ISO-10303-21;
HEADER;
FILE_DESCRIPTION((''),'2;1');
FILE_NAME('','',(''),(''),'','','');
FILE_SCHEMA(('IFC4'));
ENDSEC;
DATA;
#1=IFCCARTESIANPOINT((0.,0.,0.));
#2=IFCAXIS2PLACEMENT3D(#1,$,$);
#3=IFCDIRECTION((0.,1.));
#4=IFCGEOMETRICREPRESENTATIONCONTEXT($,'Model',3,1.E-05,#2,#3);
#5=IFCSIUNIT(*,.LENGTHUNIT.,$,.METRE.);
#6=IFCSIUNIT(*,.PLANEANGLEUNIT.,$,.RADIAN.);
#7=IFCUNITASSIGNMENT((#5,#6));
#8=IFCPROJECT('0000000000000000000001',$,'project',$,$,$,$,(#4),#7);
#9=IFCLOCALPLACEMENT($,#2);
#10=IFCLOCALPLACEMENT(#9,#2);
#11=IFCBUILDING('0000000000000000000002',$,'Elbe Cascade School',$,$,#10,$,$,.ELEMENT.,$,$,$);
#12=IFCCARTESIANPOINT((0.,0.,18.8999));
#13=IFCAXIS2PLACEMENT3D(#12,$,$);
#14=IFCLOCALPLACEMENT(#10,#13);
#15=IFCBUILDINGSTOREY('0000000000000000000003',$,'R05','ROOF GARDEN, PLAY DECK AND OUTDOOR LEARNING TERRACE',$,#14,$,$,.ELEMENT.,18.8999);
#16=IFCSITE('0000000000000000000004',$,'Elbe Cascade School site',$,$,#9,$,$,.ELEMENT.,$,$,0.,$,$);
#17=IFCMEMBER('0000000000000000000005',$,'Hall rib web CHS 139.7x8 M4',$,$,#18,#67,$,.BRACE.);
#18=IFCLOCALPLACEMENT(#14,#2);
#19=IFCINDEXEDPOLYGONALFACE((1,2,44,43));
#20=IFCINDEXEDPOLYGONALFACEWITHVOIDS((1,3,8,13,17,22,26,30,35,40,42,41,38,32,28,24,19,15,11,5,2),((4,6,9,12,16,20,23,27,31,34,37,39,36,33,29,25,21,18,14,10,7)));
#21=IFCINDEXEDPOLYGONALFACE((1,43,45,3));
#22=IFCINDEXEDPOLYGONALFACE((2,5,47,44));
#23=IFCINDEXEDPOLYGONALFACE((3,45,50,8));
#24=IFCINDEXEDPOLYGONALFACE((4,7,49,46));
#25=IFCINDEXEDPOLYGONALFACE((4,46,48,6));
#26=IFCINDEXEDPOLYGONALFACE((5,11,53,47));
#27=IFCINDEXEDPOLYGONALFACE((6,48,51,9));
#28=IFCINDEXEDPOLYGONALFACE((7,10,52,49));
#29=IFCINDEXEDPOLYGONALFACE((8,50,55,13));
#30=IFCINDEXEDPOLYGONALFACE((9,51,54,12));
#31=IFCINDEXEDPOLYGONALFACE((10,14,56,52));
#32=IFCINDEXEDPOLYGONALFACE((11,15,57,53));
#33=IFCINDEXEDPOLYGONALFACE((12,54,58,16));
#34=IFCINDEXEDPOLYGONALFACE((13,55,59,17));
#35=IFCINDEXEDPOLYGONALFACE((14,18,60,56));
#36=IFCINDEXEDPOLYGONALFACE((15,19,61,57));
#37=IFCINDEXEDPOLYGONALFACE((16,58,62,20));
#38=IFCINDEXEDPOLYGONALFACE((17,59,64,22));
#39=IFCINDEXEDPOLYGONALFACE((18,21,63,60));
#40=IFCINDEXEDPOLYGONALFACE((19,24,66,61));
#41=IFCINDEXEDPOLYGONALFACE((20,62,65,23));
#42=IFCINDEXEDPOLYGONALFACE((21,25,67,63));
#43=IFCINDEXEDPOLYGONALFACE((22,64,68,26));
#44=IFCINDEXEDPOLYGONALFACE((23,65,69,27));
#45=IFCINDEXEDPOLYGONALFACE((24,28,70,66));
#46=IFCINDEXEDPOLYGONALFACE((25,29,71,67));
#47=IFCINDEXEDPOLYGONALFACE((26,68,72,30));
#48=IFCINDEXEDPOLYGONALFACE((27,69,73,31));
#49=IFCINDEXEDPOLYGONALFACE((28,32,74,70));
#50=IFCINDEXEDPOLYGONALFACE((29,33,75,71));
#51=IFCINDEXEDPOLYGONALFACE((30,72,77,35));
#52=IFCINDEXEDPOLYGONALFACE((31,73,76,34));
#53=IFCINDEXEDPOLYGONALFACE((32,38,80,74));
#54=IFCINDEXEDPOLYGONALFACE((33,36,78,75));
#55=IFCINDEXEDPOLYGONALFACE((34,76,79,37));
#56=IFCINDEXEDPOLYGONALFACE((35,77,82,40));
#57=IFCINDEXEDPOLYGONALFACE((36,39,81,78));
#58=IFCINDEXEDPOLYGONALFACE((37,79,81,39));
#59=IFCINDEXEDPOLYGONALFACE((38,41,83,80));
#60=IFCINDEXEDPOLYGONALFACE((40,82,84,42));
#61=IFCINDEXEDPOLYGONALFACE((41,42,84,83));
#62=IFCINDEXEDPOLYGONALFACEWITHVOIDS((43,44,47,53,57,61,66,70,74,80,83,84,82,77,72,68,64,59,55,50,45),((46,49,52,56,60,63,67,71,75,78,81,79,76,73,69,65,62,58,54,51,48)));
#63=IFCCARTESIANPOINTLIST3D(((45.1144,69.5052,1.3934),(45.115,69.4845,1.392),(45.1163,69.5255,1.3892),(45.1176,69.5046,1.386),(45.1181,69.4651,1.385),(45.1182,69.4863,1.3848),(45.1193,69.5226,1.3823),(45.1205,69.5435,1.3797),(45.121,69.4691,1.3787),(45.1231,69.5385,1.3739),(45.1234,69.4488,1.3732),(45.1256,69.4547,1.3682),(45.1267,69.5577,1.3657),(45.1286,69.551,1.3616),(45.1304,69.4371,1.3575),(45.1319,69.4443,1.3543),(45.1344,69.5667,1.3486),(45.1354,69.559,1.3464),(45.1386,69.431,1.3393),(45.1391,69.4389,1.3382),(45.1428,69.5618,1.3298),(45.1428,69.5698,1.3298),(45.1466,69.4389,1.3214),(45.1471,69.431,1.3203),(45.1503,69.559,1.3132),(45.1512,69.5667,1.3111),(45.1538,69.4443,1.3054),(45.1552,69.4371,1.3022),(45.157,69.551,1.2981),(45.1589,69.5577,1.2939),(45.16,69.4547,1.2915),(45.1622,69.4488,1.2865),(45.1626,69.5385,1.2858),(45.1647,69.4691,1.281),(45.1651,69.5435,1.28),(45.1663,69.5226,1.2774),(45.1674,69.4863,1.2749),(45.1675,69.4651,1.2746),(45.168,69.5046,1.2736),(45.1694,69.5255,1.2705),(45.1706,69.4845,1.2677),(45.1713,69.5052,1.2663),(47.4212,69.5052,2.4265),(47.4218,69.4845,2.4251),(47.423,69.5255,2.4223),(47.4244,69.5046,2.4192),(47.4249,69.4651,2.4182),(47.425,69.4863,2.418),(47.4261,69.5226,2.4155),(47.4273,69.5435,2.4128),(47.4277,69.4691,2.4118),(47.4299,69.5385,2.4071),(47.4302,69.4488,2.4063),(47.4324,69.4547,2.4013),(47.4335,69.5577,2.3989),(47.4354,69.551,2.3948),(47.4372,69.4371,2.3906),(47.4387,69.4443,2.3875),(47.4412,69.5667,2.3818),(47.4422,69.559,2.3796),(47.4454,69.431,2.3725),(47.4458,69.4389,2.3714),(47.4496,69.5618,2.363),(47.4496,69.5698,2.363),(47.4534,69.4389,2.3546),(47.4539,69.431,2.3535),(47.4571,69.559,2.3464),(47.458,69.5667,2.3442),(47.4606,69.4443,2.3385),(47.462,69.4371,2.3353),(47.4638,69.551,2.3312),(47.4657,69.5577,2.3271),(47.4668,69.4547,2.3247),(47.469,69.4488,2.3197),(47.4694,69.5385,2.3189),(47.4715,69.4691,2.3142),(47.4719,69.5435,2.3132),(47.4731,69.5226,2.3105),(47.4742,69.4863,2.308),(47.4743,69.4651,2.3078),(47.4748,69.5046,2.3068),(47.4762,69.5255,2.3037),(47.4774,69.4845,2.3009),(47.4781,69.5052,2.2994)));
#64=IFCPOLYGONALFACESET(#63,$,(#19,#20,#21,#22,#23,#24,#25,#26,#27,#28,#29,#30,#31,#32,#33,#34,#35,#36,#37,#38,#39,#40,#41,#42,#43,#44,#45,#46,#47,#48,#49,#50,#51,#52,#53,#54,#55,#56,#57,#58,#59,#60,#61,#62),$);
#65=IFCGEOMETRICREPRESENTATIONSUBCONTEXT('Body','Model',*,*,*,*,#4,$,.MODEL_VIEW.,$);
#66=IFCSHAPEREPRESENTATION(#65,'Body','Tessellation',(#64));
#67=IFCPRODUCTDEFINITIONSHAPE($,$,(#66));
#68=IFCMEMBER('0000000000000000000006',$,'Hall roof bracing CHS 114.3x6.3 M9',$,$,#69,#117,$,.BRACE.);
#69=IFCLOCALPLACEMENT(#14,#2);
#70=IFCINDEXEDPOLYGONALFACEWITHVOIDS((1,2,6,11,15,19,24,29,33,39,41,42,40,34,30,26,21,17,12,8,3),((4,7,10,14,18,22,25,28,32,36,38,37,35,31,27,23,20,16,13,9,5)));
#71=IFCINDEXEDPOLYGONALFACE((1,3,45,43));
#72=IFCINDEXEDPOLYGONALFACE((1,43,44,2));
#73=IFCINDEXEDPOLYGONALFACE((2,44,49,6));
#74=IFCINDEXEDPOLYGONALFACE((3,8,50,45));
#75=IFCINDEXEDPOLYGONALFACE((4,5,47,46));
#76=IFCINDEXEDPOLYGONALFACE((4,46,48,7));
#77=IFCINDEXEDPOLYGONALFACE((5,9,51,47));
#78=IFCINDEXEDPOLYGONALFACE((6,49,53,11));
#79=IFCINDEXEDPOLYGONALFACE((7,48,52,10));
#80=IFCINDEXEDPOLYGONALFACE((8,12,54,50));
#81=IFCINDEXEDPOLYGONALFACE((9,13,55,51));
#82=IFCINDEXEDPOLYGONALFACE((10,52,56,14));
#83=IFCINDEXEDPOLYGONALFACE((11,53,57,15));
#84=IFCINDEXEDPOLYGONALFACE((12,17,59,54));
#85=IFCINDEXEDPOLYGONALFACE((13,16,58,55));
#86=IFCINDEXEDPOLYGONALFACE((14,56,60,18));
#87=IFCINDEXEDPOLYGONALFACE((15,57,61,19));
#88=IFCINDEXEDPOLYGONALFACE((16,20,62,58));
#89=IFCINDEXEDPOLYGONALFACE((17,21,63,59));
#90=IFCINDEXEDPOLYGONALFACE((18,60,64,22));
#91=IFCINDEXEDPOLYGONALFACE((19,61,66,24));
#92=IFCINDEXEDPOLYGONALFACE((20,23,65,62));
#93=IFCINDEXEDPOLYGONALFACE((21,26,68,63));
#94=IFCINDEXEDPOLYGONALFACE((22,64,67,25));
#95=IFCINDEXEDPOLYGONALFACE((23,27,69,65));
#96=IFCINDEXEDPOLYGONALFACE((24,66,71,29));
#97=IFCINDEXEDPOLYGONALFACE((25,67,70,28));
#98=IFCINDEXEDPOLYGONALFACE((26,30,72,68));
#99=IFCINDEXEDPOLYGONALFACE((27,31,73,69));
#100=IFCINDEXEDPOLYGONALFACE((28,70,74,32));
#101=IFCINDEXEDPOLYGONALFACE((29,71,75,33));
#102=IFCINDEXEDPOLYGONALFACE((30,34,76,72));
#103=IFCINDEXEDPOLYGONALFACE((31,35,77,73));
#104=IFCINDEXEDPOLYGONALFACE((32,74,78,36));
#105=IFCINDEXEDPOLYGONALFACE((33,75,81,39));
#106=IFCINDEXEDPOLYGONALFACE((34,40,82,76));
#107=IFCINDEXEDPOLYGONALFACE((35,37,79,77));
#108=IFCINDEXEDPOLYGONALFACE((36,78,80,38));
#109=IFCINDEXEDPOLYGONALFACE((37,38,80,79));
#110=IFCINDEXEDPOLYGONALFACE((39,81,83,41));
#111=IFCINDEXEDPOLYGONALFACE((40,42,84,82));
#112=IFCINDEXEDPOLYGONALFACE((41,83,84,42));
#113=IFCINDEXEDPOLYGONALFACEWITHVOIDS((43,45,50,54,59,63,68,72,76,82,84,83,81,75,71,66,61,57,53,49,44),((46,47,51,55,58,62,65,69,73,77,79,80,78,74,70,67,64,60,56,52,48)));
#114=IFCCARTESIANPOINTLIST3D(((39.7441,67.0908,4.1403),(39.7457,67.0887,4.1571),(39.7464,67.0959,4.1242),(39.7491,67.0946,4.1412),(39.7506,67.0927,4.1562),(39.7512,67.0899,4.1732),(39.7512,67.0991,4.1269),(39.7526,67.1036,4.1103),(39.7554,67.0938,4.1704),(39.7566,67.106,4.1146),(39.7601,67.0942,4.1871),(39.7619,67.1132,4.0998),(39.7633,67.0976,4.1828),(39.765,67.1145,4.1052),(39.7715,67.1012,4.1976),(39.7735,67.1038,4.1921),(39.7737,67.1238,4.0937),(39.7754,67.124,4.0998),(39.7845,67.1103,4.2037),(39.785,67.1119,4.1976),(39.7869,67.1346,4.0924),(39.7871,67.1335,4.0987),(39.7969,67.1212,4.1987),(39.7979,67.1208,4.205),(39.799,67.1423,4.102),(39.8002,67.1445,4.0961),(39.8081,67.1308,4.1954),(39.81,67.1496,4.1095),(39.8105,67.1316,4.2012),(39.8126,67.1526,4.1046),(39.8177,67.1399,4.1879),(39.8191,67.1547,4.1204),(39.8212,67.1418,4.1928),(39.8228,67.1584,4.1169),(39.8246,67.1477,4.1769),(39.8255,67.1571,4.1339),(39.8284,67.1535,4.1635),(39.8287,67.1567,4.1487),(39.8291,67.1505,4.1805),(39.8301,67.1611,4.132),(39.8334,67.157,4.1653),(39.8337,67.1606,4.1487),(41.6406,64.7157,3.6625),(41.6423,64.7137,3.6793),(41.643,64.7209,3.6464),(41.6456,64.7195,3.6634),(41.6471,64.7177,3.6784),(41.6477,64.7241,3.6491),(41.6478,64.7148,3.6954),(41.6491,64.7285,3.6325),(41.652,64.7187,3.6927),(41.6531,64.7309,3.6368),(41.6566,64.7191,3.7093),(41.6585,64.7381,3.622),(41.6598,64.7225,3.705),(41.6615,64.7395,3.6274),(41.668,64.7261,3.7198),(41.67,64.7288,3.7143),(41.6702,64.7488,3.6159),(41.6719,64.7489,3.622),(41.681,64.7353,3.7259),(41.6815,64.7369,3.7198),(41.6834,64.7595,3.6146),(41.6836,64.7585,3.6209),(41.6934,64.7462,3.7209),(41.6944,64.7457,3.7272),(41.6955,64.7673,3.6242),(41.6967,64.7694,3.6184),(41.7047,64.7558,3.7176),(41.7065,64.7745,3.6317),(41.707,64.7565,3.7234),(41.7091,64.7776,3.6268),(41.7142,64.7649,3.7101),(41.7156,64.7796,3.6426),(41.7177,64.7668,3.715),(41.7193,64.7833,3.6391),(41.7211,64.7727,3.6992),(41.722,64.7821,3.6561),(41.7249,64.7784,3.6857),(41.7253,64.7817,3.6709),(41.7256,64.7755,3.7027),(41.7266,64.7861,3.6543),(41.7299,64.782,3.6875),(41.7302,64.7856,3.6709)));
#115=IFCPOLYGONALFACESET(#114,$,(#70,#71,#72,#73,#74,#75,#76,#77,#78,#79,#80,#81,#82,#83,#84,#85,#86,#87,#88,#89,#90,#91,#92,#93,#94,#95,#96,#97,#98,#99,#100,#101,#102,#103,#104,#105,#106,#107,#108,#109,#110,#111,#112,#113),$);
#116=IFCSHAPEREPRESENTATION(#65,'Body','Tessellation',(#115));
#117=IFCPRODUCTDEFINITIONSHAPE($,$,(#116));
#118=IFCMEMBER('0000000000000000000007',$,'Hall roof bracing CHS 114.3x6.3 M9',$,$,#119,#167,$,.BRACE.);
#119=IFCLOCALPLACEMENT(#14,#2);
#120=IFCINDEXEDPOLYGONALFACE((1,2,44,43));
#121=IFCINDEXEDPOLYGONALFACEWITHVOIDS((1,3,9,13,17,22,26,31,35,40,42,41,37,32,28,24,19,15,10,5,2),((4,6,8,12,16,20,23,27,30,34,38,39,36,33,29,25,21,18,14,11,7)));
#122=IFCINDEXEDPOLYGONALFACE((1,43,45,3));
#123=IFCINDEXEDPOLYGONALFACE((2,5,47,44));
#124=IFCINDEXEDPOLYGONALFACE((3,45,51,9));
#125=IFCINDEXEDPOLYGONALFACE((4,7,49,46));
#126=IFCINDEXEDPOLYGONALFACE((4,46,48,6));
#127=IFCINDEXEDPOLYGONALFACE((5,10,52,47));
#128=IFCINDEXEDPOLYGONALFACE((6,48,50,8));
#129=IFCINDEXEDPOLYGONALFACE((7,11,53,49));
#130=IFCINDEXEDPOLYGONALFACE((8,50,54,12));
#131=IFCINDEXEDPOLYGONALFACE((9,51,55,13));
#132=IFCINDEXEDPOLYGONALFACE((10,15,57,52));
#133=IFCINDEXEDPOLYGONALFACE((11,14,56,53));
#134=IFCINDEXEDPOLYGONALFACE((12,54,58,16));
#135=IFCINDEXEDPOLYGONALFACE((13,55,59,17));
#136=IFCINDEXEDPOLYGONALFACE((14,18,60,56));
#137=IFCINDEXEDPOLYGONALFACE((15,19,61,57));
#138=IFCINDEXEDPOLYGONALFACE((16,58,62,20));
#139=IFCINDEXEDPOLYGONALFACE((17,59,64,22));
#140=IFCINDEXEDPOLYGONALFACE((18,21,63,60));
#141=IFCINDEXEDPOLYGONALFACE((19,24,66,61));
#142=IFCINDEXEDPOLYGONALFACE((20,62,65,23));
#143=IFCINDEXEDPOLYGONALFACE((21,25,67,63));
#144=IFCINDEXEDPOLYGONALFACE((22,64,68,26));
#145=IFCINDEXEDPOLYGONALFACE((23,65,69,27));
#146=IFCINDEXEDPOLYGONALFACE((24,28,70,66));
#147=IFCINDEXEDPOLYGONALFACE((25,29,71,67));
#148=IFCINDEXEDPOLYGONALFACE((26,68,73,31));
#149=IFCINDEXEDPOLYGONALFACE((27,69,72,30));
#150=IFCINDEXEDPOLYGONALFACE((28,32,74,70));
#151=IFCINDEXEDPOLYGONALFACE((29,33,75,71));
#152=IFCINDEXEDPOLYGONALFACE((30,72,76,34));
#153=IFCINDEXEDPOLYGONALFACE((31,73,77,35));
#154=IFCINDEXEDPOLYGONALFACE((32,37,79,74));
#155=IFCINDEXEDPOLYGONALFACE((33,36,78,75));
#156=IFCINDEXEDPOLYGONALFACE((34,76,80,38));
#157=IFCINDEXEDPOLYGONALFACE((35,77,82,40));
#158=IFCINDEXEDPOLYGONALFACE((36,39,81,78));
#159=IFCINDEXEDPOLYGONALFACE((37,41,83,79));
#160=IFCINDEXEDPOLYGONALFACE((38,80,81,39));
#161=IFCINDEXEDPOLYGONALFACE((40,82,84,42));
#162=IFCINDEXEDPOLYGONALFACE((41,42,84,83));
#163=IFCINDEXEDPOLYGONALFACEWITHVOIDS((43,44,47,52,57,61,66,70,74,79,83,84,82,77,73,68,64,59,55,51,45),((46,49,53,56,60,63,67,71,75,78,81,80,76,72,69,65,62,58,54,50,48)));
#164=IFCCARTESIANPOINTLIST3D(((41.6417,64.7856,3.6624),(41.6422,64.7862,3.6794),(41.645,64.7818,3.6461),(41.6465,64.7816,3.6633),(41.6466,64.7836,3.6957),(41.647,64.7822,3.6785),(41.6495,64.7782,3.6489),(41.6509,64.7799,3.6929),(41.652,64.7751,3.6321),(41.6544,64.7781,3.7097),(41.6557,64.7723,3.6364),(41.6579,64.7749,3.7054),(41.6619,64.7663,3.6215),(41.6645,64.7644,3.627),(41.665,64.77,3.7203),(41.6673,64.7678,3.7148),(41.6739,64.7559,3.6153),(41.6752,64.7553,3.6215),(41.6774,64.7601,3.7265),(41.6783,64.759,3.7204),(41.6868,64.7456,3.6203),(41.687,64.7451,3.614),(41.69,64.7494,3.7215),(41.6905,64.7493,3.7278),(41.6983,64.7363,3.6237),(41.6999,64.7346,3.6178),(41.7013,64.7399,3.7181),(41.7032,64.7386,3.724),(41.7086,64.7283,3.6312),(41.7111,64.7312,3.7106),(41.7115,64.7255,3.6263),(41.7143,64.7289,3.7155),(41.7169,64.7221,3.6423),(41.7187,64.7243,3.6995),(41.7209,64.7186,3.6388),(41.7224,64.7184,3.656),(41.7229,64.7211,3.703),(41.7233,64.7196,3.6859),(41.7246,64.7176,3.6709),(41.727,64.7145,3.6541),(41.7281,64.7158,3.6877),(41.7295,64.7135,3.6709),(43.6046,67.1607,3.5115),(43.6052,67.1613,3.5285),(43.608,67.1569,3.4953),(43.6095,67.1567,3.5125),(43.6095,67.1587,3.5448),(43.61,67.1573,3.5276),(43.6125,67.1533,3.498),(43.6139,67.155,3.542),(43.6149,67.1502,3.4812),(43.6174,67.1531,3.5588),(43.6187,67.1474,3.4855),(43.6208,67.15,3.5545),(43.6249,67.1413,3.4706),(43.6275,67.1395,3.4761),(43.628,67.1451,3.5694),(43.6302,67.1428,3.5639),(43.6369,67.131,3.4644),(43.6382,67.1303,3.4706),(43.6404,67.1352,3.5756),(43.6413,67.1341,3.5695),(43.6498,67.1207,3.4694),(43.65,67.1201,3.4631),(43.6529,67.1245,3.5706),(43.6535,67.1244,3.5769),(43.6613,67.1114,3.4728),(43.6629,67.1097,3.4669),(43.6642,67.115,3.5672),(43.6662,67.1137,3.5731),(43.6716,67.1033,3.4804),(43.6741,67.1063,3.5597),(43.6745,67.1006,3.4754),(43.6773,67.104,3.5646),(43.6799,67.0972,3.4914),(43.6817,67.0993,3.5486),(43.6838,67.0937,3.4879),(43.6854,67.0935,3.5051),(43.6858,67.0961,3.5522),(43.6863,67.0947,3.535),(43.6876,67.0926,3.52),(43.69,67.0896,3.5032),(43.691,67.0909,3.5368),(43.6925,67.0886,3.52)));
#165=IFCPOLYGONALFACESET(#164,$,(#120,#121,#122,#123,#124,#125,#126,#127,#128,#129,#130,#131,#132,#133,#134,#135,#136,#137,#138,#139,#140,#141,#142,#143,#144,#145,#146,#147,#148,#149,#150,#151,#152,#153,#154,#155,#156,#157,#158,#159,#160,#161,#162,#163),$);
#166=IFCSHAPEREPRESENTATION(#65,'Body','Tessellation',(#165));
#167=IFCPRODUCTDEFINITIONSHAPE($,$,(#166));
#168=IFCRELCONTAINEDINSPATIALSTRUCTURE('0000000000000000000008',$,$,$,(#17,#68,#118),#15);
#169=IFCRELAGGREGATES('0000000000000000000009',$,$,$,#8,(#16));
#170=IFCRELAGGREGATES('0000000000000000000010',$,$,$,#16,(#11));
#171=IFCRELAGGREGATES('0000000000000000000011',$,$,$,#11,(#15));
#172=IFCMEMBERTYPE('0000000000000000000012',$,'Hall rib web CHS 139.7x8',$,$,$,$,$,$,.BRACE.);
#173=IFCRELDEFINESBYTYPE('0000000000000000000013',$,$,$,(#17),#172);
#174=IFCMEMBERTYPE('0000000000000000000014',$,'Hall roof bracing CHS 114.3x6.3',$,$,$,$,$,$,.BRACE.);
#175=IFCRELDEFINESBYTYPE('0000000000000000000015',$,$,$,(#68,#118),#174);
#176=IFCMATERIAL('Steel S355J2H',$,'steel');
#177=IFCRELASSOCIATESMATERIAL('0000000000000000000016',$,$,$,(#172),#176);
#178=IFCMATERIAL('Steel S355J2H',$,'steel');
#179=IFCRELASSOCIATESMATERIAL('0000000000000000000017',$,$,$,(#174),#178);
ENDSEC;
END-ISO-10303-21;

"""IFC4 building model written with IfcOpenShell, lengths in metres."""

from ifc_helpers import new_model, si_unit, direction, frame, origin, origin_2d, place, context, subcontext, project, spatial, hollow_circle, extrude, material, material_profile, profile_set, type_object, element, save


model = new_model("IFC4")

# Units and contexts
model_context = context("Model", 3, precision=1e-05, world=origin(), true_north=direction((0.0, 1.0)))
body_context = subcontext(model_context, "Body", "Model", "MODEL_VIEW")
ifc_project = project(units=[si_unit("LENGTHUNIT", "METRE"), si_unit("PLANEANGLEUNIT", "RADIAN")], contexts=[model_context])

# Site, building, storey
site_placement = place(None, origin())
site = spatial("IfcSite", under=ifc_project, at=site_placement, Name="Elbe Cascade School site", CompositionType="ELEMENT", RefElevation=0.0)
building_placement = place(site_placement, origin())
building = spatial("IfcBuilding", under=site, at=building_placement, Name="Elbe Cascade School", CompositionType="ELEMENT")
storey_placement = place(building_placement, frame((0.0, 0.0, 18.8999)))
storey = spatial("IfcBuildingStorey", under=building, at=storey_placement, Name="R05", Description="ROOF GARDEN, PLAY DECK AND OUTDOOR LEARNING TERRACE", CompositionType="ELEMENT", Elevation=18.8999)

# Members
ifc_material_1 = material(Name="Steel S355J2H", Category="steel")
ifc_material_profile_1 = material_profile(ifc_material_1, hollow_circle(Radius=0.0698, WallThickness=0.0081, at=origin_2d()), Name="CHS 139.7x8")
ifc_profile_set_1 = profile_set([ifc_material_profile_1], Name="Steel S355J2H")
member_type_1 = type_object("IfcMemberType", Name="Hall rib web CHS 139.7x8", PredefinedType="BRACE", material=ifc_profile_set_1)
member_1_placement = place(storey_placement, frame((45.1428, 69.5, 1.3298), z_axis=(0.912645, 0.0, 0.408754), x_axis=(0.0, 1.0, 0.0)))
element("IfcMember", 1, at=member_1_placement, inside=storey, type_object=member_type_1, Name="Hall rib web CHS 139.7x8 M4", PredefinedType="BRACE", context=body_context, shape_type="SweptSolid", body=[
    extrude(hollow_circle(Radius=0.0698, WallThickness=0.0081, at=origin_2d()), origin(), (0.0, 0.0, 1.0), 2.5276),
])
ifc_material_2 = material(Name="Steel S355J2H", Category="steel")
ifc_material_profile_2 = material_profile(ifc_material_2, hollow_circle(Radius=0.0571, WallThickness=0.0063, at=origin_2d()), Name="CHS 114.3x6.3")
ifc_profile_set_2 = profile_set([ifc_material_profile_2], Name="Steel S355J2H")
member_type_2 = type_object("IfcMemberType", Name="Hall roof bracing CHS 114.3x6.3", PredefinedType="BRACE", material=ifc_profile_set_2)
member_2_placement = place(storey_placement, frame((39.7891, 67.125, 4.1487), z_axis=(0.616419, -0.771952, -0.155295), x_axis=(0.781433, 0.623989, 0.0)))
element("IfcMember", 2, at=member_2_placement, inside=storey, type_object=member_type_2, Name="Hall roof bracing CHS 114.3x6.3 M9", PredefinedType="BRACE", context=body_context, shape_type="SweptSolid", body=[
    extrude(hollow_circle(Radius=0.0571, WallThickness=0.0063, at=origin_2d()), origin(), (0.0, 0.0, 1.0), 3.0767),
])
member_3_placement = place(storey_placement, frame((43.6484, 67.125, 3.52), z_axis=(-0.636299, -0.76989, 0.04891), x_axis=(0.770813, -0.637062, 0.0)))
element("IfcMember", 3, at=member_3_placement, inside=storey, type_object=member_type_2, Name="Hall roof bracing CHS 114.3x6.3 M9", PredefinedType="BRACE", context=body_context, shape_type="SweptSolid", body=[
    extrude(hollow_circle(Radius=0.0571, WallThickness=0.0063, at=origin_2d()), origin(), (0.0, 0.0, 1.0), 3.085),
])

save(model, "model.ifc")
